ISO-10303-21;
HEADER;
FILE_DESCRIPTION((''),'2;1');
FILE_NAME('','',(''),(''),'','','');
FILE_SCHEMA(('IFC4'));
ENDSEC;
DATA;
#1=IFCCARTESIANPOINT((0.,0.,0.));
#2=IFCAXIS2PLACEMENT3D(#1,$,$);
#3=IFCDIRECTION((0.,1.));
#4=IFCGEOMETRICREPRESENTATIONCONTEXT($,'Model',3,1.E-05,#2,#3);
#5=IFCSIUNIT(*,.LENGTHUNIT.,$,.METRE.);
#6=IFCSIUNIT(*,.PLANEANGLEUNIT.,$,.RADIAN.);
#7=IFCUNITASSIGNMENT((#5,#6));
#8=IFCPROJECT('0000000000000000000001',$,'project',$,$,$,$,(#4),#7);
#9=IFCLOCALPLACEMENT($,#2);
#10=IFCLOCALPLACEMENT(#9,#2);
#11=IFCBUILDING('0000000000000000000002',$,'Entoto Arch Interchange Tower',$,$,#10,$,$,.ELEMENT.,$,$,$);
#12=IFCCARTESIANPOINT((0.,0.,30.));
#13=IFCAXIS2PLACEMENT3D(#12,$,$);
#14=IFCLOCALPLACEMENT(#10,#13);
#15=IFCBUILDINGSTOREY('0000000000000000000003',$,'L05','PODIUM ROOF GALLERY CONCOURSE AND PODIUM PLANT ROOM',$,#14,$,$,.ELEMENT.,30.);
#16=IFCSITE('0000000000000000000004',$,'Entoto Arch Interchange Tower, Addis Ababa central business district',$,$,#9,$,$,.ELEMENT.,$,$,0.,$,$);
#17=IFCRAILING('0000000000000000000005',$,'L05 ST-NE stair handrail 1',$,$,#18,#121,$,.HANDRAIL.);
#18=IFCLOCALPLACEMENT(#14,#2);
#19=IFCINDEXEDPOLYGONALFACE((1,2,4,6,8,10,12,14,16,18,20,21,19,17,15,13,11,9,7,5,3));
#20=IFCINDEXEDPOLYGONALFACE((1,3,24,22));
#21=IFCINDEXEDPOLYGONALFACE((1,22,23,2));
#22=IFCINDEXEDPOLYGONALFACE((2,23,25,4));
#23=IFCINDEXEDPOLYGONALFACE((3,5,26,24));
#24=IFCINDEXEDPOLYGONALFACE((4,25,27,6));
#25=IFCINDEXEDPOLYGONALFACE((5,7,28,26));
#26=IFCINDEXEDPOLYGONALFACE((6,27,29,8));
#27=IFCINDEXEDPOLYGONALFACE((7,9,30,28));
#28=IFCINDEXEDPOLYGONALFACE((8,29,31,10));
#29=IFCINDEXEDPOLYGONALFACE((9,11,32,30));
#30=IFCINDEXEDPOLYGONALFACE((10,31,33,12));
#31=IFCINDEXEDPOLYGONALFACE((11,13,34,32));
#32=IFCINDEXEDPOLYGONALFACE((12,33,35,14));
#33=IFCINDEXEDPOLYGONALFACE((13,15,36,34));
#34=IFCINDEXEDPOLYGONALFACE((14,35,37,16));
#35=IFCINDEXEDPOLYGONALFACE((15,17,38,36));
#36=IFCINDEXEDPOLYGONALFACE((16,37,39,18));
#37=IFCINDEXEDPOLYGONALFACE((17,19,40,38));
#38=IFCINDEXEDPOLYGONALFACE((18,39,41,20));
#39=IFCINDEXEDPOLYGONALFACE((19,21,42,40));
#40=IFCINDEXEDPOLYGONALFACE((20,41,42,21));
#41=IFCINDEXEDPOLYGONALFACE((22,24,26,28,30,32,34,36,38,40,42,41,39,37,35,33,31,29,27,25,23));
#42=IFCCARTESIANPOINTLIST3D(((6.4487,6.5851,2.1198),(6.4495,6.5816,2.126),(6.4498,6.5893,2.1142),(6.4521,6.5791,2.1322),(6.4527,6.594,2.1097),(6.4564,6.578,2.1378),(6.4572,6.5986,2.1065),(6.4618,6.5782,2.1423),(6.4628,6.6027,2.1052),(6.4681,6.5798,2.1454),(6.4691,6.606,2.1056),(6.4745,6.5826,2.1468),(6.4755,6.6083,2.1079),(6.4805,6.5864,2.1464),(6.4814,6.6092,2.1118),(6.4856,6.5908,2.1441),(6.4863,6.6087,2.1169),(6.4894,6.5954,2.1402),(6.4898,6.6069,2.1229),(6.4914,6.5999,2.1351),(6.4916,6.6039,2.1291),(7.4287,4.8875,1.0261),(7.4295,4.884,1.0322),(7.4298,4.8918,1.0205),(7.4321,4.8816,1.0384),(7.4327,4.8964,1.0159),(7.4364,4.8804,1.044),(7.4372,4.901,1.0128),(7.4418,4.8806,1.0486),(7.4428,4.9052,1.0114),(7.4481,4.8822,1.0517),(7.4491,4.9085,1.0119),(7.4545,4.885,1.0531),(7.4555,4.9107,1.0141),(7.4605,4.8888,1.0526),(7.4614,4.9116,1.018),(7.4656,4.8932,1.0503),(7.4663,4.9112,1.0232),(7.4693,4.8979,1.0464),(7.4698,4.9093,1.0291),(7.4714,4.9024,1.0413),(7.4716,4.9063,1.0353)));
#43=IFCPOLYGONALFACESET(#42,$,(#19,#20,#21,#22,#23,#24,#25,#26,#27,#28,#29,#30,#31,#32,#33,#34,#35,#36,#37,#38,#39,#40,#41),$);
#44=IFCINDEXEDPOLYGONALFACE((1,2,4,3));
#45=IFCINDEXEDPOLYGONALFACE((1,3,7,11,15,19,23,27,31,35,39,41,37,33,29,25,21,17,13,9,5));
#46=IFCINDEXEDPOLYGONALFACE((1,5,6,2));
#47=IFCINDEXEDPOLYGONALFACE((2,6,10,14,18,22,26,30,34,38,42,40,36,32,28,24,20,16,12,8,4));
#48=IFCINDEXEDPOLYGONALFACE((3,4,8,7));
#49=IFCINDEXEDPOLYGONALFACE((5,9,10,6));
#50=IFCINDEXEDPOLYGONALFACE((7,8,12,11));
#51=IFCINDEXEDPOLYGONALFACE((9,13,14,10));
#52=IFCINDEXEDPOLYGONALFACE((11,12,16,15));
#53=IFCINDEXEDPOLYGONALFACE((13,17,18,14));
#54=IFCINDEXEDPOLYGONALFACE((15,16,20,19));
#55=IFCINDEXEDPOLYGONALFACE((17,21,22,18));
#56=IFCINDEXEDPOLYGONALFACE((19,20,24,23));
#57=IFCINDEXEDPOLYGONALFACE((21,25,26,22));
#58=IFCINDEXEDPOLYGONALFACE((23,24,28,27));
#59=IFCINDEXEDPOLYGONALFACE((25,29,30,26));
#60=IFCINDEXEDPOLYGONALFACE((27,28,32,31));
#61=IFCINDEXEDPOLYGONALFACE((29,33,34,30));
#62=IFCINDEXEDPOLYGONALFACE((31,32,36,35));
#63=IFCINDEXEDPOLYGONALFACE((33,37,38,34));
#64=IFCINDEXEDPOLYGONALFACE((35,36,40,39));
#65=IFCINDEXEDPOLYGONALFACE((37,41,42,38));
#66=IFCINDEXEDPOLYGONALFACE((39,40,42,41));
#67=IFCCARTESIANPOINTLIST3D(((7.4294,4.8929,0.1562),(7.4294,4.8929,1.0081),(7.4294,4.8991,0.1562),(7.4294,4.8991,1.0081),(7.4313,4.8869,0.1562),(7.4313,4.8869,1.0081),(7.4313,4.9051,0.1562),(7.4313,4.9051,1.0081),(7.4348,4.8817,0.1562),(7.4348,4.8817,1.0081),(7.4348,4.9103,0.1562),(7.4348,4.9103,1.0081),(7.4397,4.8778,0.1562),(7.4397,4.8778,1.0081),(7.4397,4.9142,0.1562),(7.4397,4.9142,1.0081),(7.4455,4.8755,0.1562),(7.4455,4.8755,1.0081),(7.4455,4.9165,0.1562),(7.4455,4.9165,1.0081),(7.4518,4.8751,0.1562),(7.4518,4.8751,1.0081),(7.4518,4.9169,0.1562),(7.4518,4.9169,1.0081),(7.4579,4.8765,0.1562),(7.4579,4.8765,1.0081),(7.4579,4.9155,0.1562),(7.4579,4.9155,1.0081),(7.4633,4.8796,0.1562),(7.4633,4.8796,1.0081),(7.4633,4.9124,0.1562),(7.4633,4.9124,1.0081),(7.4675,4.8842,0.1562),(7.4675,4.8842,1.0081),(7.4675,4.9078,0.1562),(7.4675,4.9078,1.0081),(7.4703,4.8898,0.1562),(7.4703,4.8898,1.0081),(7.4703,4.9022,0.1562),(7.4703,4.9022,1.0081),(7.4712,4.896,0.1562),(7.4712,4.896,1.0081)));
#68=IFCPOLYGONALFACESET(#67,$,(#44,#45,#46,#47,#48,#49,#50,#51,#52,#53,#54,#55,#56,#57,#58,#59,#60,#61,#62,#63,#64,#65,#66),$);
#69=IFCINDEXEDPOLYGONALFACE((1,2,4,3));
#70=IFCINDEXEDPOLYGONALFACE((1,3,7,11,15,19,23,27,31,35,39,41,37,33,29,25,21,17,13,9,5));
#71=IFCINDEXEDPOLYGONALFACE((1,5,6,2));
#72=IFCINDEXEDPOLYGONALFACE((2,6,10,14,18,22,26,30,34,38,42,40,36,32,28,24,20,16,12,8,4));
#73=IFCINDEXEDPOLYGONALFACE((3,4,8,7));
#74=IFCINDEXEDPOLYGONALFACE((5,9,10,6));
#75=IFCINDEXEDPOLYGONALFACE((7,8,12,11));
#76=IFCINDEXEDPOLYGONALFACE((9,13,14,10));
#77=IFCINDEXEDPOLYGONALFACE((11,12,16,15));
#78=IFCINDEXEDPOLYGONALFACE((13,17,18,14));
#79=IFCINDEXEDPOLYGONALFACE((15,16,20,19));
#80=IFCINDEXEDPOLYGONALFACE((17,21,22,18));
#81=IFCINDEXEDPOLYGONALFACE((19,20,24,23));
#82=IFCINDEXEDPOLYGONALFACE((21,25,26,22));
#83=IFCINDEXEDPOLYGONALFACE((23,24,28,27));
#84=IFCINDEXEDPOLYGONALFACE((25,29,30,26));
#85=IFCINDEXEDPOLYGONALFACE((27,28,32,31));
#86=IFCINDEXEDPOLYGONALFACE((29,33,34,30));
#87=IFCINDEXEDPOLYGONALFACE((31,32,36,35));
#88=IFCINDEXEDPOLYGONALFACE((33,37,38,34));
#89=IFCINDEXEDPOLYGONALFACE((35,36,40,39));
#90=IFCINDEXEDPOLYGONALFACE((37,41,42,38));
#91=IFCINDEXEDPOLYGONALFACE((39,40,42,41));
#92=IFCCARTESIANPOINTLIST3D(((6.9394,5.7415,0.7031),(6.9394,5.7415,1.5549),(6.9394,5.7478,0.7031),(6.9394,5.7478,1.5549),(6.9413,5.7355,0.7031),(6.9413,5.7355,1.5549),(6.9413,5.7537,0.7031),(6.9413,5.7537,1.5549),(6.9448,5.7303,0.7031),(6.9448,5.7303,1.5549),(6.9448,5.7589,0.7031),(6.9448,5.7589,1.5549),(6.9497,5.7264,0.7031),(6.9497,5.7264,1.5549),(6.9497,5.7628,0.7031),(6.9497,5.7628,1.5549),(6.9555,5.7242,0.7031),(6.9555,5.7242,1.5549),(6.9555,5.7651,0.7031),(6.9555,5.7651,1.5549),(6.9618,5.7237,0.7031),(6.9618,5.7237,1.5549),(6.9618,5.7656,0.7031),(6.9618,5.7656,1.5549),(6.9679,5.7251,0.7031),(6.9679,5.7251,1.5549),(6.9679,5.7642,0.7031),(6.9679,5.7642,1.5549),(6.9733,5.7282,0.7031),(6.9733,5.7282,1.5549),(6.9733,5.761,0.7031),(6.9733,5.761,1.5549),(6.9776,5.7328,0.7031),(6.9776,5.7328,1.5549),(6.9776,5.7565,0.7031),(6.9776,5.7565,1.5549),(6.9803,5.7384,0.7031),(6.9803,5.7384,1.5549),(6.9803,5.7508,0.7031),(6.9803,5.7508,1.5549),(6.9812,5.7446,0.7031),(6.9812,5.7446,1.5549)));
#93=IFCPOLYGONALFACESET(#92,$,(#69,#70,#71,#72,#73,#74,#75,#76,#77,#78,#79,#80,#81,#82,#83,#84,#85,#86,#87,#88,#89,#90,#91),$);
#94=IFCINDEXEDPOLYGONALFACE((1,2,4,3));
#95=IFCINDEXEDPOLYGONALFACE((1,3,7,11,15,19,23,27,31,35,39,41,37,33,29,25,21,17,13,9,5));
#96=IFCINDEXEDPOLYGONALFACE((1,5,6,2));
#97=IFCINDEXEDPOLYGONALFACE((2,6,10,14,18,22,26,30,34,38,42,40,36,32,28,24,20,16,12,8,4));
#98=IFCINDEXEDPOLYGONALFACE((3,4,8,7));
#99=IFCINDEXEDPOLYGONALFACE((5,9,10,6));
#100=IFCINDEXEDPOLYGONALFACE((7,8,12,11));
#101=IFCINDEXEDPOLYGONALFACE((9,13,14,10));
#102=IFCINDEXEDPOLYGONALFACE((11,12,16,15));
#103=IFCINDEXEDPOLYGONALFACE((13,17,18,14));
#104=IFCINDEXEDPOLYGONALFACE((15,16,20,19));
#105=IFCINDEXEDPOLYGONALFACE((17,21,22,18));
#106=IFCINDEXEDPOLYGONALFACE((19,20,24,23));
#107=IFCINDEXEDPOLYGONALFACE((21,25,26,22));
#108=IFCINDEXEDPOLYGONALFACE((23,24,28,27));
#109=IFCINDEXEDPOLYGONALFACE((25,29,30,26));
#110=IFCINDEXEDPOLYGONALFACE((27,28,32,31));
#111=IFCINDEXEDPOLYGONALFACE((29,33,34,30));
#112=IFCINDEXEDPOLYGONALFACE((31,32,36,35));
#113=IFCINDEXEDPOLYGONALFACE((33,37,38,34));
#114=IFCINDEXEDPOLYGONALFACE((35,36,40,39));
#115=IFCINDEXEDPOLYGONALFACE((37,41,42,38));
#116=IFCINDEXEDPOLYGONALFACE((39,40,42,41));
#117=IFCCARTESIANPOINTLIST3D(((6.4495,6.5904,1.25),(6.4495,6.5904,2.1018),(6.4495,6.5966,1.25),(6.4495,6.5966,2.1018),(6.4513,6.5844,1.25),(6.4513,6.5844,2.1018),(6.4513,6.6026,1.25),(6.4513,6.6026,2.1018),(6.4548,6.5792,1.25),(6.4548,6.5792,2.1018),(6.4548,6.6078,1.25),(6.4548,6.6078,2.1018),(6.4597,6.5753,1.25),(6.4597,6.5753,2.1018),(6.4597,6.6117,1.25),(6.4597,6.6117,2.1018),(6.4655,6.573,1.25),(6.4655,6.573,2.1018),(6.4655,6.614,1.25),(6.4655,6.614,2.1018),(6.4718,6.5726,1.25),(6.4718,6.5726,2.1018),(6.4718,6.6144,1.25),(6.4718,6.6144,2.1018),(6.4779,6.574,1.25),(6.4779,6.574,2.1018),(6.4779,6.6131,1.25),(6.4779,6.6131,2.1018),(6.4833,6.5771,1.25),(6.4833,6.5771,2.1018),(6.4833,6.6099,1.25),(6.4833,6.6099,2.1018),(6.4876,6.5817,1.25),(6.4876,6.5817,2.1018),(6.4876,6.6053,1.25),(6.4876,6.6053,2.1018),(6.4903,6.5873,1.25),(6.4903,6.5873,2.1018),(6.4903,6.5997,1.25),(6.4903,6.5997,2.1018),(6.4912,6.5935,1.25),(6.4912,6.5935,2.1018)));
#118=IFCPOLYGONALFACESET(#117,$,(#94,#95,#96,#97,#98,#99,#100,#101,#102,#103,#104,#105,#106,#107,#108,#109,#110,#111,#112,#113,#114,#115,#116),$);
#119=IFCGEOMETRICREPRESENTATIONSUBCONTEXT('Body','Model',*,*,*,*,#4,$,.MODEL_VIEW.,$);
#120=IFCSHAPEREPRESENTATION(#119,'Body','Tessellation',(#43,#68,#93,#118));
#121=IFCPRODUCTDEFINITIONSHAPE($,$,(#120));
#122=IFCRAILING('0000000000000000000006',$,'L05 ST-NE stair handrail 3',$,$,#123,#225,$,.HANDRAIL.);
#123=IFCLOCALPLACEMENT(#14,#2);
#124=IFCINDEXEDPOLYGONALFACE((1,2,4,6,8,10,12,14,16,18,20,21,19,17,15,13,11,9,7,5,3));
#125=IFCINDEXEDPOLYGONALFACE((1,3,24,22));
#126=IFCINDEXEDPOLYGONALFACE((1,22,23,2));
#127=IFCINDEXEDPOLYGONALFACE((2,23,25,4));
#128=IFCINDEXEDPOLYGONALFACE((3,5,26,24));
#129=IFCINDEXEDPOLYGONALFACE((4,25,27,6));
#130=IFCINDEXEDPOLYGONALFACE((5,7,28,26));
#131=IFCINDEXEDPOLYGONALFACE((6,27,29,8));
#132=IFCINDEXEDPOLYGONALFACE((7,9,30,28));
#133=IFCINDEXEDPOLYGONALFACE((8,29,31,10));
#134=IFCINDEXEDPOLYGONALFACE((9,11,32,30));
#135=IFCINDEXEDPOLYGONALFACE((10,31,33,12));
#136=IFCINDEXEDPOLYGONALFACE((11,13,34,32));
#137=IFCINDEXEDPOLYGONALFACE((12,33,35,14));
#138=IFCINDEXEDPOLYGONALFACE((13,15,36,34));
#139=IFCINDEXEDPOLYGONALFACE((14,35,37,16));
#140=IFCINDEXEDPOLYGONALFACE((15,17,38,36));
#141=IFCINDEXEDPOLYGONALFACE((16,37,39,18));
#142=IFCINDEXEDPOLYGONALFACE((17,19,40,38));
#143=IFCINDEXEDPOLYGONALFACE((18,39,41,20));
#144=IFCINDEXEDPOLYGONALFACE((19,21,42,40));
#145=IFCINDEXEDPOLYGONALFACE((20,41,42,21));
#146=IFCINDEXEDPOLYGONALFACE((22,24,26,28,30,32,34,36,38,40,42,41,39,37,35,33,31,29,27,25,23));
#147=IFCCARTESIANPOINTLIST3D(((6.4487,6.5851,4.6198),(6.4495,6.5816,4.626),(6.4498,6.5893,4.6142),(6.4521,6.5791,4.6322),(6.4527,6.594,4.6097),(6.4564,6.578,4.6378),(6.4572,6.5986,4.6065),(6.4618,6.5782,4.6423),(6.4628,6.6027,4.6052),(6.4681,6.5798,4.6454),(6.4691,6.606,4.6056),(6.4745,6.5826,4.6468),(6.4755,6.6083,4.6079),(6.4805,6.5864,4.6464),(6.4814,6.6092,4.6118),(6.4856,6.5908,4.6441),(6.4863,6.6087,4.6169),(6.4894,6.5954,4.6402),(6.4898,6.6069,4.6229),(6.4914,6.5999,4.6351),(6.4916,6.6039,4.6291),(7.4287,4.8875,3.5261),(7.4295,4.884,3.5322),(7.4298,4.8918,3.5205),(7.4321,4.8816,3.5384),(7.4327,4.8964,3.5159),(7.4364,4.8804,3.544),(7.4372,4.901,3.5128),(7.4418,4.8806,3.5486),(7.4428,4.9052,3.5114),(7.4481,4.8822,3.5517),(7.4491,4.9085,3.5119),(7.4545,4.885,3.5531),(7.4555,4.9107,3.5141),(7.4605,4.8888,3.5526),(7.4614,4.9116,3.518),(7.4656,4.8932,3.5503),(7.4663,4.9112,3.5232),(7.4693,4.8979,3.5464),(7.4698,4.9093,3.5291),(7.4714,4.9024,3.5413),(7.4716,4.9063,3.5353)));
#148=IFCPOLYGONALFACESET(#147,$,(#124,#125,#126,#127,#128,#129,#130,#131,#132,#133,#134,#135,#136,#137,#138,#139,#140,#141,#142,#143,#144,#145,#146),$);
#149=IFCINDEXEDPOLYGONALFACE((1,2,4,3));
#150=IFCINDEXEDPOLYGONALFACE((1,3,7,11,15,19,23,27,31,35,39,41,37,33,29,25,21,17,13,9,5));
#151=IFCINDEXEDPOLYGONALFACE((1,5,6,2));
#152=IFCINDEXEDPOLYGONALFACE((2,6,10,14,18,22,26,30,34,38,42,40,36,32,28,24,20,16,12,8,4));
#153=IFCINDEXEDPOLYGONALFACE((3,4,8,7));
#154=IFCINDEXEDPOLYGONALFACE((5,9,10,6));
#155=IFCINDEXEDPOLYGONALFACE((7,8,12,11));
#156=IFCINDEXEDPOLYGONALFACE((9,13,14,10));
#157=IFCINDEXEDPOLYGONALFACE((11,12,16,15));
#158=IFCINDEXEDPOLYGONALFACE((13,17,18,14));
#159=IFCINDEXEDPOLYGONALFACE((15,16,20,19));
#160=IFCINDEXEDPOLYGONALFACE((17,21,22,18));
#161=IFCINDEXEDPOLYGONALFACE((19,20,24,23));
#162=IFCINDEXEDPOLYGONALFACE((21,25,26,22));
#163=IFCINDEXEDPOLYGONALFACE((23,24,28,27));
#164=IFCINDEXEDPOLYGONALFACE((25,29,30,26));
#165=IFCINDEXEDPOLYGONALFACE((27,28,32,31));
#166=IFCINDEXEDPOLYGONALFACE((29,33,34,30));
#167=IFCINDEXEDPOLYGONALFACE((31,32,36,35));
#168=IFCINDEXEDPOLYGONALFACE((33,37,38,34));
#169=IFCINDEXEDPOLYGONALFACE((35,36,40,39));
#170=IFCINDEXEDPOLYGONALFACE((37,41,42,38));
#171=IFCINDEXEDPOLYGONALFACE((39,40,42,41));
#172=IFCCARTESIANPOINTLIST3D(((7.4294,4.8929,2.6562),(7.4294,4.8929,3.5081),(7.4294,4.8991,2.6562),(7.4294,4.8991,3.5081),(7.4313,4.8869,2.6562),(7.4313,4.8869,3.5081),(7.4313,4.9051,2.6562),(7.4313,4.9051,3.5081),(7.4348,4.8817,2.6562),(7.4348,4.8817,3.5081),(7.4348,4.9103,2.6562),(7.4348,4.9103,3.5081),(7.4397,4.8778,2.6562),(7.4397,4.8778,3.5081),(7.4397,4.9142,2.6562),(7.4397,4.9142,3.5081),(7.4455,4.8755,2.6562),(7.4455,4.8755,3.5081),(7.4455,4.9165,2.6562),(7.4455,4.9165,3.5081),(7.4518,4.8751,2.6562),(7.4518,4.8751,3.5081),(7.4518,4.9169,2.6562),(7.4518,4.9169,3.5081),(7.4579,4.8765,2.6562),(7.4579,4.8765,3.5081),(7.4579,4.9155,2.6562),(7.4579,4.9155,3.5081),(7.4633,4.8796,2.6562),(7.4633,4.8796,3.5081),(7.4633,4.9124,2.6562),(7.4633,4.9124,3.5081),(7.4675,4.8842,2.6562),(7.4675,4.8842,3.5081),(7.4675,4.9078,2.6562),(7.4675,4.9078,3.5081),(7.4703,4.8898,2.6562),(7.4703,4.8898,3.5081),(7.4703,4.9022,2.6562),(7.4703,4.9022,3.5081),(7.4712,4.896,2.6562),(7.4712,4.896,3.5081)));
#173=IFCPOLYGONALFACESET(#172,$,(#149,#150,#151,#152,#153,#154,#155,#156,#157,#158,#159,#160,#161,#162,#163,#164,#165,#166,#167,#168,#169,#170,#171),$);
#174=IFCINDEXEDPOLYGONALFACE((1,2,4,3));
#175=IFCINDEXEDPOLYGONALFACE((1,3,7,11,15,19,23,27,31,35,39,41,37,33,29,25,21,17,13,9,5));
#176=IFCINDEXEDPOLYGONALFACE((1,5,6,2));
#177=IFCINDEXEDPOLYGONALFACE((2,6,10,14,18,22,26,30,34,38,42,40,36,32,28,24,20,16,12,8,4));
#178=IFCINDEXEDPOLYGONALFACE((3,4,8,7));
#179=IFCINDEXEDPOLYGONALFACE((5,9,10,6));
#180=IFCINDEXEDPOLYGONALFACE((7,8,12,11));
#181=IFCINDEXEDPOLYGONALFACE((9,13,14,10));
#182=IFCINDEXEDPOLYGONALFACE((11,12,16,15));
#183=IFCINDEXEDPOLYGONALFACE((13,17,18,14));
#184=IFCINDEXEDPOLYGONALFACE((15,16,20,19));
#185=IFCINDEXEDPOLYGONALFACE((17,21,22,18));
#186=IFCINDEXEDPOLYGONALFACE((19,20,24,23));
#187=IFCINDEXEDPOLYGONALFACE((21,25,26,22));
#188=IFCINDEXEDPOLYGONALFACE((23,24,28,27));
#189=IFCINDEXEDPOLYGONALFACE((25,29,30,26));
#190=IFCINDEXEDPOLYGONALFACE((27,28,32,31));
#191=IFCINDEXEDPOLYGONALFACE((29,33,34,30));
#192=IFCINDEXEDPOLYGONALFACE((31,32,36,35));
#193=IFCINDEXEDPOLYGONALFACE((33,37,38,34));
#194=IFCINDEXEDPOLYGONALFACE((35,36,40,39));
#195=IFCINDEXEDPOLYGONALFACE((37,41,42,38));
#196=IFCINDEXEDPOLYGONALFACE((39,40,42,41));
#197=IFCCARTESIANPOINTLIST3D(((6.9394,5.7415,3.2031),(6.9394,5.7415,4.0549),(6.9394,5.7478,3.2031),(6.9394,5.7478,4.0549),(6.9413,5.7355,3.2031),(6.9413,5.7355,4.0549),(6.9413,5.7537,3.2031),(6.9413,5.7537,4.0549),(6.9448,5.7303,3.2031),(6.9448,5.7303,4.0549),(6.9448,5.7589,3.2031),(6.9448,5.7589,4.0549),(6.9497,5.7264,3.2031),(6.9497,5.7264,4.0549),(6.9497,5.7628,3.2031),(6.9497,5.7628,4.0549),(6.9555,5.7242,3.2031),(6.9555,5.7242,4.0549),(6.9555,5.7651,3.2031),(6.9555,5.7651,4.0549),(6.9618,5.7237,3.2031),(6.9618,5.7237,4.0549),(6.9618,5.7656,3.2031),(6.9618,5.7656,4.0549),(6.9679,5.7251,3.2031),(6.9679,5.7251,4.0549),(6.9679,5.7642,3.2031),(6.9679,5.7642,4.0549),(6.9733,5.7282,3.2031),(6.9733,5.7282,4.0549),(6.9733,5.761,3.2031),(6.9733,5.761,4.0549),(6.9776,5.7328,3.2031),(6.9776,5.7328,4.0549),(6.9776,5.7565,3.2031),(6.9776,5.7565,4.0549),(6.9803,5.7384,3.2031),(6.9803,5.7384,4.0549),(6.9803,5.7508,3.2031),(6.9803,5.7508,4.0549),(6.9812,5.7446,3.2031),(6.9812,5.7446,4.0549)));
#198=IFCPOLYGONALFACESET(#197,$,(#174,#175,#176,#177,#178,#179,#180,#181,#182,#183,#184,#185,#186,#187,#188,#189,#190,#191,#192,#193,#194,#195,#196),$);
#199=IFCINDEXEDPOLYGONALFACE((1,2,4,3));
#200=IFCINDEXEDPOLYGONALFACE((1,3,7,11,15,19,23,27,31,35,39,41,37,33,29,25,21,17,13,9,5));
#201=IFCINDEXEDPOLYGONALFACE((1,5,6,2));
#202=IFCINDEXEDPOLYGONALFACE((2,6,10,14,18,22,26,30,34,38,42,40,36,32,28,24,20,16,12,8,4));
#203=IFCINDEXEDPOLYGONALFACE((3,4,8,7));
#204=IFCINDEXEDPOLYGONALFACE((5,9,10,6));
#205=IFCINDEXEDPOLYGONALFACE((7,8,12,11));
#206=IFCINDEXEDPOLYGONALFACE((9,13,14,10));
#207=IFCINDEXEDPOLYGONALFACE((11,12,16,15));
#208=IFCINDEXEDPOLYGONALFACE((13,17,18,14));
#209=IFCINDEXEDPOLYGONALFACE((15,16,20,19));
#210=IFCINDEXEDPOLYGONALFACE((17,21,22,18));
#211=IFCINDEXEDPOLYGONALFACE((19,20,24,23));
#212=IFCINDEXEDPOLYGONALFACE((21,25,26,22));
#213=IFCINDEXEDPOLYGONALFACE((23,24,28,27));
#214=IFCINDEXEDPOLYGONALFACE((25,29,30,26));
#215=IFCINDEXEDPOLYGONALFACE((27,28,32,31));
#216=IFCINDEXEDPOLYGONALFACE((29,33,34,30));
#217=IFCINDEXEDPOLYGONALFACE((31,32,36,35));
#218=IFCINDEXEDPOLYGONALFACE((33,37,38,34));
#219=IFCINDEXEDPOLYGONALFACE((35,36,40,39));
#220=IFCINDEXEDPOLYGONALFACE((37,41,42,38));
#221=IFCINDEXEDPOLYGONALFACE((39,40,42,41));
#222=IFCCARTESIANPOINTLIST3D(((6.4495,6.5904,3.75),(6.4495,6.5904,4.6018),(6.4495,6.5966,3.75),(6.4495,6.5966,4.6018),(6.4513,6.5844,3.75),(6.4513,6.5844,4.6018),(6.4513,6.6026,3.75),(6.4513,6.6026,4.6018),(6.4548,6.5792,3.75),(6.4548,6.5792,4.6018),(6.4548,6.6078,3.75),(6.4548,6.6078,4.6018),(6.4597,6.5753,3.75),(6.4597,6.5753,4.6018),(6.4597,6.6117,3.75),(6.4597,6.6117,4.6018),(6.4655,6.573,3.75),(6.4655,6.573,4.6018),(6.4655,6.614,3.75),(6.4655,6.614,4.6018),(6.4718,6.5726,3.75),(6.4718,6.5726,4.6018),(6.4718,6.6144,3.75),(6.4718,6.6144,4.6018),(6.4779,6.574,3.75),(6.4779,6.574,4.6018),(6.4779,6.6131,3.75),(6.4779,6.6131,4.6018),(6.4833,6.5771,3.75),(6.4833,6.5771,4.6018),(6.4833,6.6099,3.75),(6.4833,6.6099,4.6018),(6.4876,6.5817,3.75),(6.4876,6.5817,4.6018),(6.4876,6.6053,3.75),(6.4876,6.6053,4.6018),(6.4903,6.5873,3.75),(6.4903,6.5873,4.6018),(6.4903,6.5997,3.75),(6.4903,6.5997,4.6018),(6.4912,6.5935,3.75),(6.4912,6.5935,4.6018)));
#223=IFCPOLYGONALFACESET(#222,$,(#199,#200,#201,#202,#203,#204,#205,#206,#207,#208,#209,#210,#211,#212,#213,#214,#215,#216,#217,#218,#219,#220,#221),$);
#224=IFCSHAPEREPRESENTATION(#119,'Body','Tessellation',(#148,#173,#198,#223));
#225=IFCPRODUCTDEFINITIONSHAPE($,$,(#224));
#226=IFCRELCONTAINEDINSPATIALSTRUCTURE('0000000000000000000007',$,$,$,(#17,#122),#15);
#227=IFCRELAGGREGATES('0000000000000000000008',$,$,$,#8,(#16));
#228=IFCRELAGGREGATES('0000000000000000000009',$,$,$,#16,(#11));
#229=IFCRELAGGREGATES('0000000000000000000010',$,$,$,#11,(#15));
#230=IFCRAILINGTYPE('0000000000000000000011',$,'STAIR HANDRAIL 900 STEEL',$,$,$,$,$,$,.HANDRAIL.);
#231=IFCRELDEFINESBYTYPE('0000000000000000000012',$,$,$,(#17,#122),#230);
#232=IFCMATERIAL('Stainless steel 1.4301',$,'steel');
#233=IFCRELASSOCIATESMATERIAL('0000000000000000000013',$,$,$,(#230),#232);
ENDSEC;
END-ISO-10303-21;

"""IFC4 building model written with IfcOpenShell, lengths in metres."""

from ifc_helpers import new_model, si_unit, direction, frame, origin, origin_2d, place, context, subcontext, project, spatial, circle, extrude, material, type_object, element, save


model = new_model("IFC4")

# Units and contexts
model_context = context("Model", 3, precision=1e-05, world=origin(), true_north=direction((0.0, 1.0)))
body_context = subcontext(model_context, "Body", "Model", "MODEL_VIEW")
ifc_project = project(units=[si_unit("LENGTHUNIT", "METRE"), si_unit("PLANEANGLEUNIT", "RADIAN")], contexts=[model_context])

# Site, building, storey
site_placement = place(None, origin())
site = spatial("IfcSite", under=ifc_project, at=site_placement, Name="Entoto Arch Interchange Tower, Addis Ababa central business district", CompositionType="ELEMENT", RefElevation=0.0)
building_placement = place(site_placement, origin())
building = spatial("IfcBuilding", under=site, at=building_placement, Name="Entoto Arch Interchange Tower", CompositionType="ELEMENT")
storey_placement = place(building_placement, frame((0.0, 0.0, 30.0)))
storey = spatial("IfcBuildingStorey", under=building, at=storey_placement, Name="L05", Description="PODIUM ROOF GALLERY CONCOURSE AND PODIUM PLANT ROOM", CompositionType="ELEMENT", Elevation=30.0)

# Railings
ifc_material_1 = material(Name="Stainless steel 1.4301", Category="steel")
railing_type_1 = type_object("IfcRailingType", Name="STAIR HANDRAIL 900 STEEL", PredefinedType="HANDRAIL", material=ifc_material_1)
for number, where, name in (
    (1, (7.4502, 4.896, 0.1562), "L05 ST-NE stair handrail 1"),
    (2, (7.4502, 4.896, 2.6562), "L05 ST-NE stair handrail 3"),
):
    element("IfcRailing", number, at=place(storey_placement, frame(where)), inside=storey, type_object=railing_type_1, Name=name, PredefinedType="HANDRAIL", context=body_context, shape_type="SweptSolid", body=[
        extrude(circle(Radius=0.0239, at=origin_2d()), frame((0.0, 0.0, 0.876), z_axis=(-0.436596, 0.756267, 0.487282), x_axis=(-0.866042, -0.49997, 0.0)), (0.0, 0.0, 1.0), 2.2446),
        extrude(circle(Radius=0.021, at=origin_2d()), origin(), (0.0, 0.0, 1.0), 0.8518),
        extrude(circle(Radius=0.021, at=origin_2d()), frame((-0.49, 0.8486, 0.5469)), (0.0, 0.0, 1.0), 0.8518),
        extrude(circle(Radius=0.021, at=origin_2d()), frame((-0.98, 1.6975, 1.0938)), (0.0, 0.0, 1.0), 0.8518),
    ])

save(model, "model.ifc")
